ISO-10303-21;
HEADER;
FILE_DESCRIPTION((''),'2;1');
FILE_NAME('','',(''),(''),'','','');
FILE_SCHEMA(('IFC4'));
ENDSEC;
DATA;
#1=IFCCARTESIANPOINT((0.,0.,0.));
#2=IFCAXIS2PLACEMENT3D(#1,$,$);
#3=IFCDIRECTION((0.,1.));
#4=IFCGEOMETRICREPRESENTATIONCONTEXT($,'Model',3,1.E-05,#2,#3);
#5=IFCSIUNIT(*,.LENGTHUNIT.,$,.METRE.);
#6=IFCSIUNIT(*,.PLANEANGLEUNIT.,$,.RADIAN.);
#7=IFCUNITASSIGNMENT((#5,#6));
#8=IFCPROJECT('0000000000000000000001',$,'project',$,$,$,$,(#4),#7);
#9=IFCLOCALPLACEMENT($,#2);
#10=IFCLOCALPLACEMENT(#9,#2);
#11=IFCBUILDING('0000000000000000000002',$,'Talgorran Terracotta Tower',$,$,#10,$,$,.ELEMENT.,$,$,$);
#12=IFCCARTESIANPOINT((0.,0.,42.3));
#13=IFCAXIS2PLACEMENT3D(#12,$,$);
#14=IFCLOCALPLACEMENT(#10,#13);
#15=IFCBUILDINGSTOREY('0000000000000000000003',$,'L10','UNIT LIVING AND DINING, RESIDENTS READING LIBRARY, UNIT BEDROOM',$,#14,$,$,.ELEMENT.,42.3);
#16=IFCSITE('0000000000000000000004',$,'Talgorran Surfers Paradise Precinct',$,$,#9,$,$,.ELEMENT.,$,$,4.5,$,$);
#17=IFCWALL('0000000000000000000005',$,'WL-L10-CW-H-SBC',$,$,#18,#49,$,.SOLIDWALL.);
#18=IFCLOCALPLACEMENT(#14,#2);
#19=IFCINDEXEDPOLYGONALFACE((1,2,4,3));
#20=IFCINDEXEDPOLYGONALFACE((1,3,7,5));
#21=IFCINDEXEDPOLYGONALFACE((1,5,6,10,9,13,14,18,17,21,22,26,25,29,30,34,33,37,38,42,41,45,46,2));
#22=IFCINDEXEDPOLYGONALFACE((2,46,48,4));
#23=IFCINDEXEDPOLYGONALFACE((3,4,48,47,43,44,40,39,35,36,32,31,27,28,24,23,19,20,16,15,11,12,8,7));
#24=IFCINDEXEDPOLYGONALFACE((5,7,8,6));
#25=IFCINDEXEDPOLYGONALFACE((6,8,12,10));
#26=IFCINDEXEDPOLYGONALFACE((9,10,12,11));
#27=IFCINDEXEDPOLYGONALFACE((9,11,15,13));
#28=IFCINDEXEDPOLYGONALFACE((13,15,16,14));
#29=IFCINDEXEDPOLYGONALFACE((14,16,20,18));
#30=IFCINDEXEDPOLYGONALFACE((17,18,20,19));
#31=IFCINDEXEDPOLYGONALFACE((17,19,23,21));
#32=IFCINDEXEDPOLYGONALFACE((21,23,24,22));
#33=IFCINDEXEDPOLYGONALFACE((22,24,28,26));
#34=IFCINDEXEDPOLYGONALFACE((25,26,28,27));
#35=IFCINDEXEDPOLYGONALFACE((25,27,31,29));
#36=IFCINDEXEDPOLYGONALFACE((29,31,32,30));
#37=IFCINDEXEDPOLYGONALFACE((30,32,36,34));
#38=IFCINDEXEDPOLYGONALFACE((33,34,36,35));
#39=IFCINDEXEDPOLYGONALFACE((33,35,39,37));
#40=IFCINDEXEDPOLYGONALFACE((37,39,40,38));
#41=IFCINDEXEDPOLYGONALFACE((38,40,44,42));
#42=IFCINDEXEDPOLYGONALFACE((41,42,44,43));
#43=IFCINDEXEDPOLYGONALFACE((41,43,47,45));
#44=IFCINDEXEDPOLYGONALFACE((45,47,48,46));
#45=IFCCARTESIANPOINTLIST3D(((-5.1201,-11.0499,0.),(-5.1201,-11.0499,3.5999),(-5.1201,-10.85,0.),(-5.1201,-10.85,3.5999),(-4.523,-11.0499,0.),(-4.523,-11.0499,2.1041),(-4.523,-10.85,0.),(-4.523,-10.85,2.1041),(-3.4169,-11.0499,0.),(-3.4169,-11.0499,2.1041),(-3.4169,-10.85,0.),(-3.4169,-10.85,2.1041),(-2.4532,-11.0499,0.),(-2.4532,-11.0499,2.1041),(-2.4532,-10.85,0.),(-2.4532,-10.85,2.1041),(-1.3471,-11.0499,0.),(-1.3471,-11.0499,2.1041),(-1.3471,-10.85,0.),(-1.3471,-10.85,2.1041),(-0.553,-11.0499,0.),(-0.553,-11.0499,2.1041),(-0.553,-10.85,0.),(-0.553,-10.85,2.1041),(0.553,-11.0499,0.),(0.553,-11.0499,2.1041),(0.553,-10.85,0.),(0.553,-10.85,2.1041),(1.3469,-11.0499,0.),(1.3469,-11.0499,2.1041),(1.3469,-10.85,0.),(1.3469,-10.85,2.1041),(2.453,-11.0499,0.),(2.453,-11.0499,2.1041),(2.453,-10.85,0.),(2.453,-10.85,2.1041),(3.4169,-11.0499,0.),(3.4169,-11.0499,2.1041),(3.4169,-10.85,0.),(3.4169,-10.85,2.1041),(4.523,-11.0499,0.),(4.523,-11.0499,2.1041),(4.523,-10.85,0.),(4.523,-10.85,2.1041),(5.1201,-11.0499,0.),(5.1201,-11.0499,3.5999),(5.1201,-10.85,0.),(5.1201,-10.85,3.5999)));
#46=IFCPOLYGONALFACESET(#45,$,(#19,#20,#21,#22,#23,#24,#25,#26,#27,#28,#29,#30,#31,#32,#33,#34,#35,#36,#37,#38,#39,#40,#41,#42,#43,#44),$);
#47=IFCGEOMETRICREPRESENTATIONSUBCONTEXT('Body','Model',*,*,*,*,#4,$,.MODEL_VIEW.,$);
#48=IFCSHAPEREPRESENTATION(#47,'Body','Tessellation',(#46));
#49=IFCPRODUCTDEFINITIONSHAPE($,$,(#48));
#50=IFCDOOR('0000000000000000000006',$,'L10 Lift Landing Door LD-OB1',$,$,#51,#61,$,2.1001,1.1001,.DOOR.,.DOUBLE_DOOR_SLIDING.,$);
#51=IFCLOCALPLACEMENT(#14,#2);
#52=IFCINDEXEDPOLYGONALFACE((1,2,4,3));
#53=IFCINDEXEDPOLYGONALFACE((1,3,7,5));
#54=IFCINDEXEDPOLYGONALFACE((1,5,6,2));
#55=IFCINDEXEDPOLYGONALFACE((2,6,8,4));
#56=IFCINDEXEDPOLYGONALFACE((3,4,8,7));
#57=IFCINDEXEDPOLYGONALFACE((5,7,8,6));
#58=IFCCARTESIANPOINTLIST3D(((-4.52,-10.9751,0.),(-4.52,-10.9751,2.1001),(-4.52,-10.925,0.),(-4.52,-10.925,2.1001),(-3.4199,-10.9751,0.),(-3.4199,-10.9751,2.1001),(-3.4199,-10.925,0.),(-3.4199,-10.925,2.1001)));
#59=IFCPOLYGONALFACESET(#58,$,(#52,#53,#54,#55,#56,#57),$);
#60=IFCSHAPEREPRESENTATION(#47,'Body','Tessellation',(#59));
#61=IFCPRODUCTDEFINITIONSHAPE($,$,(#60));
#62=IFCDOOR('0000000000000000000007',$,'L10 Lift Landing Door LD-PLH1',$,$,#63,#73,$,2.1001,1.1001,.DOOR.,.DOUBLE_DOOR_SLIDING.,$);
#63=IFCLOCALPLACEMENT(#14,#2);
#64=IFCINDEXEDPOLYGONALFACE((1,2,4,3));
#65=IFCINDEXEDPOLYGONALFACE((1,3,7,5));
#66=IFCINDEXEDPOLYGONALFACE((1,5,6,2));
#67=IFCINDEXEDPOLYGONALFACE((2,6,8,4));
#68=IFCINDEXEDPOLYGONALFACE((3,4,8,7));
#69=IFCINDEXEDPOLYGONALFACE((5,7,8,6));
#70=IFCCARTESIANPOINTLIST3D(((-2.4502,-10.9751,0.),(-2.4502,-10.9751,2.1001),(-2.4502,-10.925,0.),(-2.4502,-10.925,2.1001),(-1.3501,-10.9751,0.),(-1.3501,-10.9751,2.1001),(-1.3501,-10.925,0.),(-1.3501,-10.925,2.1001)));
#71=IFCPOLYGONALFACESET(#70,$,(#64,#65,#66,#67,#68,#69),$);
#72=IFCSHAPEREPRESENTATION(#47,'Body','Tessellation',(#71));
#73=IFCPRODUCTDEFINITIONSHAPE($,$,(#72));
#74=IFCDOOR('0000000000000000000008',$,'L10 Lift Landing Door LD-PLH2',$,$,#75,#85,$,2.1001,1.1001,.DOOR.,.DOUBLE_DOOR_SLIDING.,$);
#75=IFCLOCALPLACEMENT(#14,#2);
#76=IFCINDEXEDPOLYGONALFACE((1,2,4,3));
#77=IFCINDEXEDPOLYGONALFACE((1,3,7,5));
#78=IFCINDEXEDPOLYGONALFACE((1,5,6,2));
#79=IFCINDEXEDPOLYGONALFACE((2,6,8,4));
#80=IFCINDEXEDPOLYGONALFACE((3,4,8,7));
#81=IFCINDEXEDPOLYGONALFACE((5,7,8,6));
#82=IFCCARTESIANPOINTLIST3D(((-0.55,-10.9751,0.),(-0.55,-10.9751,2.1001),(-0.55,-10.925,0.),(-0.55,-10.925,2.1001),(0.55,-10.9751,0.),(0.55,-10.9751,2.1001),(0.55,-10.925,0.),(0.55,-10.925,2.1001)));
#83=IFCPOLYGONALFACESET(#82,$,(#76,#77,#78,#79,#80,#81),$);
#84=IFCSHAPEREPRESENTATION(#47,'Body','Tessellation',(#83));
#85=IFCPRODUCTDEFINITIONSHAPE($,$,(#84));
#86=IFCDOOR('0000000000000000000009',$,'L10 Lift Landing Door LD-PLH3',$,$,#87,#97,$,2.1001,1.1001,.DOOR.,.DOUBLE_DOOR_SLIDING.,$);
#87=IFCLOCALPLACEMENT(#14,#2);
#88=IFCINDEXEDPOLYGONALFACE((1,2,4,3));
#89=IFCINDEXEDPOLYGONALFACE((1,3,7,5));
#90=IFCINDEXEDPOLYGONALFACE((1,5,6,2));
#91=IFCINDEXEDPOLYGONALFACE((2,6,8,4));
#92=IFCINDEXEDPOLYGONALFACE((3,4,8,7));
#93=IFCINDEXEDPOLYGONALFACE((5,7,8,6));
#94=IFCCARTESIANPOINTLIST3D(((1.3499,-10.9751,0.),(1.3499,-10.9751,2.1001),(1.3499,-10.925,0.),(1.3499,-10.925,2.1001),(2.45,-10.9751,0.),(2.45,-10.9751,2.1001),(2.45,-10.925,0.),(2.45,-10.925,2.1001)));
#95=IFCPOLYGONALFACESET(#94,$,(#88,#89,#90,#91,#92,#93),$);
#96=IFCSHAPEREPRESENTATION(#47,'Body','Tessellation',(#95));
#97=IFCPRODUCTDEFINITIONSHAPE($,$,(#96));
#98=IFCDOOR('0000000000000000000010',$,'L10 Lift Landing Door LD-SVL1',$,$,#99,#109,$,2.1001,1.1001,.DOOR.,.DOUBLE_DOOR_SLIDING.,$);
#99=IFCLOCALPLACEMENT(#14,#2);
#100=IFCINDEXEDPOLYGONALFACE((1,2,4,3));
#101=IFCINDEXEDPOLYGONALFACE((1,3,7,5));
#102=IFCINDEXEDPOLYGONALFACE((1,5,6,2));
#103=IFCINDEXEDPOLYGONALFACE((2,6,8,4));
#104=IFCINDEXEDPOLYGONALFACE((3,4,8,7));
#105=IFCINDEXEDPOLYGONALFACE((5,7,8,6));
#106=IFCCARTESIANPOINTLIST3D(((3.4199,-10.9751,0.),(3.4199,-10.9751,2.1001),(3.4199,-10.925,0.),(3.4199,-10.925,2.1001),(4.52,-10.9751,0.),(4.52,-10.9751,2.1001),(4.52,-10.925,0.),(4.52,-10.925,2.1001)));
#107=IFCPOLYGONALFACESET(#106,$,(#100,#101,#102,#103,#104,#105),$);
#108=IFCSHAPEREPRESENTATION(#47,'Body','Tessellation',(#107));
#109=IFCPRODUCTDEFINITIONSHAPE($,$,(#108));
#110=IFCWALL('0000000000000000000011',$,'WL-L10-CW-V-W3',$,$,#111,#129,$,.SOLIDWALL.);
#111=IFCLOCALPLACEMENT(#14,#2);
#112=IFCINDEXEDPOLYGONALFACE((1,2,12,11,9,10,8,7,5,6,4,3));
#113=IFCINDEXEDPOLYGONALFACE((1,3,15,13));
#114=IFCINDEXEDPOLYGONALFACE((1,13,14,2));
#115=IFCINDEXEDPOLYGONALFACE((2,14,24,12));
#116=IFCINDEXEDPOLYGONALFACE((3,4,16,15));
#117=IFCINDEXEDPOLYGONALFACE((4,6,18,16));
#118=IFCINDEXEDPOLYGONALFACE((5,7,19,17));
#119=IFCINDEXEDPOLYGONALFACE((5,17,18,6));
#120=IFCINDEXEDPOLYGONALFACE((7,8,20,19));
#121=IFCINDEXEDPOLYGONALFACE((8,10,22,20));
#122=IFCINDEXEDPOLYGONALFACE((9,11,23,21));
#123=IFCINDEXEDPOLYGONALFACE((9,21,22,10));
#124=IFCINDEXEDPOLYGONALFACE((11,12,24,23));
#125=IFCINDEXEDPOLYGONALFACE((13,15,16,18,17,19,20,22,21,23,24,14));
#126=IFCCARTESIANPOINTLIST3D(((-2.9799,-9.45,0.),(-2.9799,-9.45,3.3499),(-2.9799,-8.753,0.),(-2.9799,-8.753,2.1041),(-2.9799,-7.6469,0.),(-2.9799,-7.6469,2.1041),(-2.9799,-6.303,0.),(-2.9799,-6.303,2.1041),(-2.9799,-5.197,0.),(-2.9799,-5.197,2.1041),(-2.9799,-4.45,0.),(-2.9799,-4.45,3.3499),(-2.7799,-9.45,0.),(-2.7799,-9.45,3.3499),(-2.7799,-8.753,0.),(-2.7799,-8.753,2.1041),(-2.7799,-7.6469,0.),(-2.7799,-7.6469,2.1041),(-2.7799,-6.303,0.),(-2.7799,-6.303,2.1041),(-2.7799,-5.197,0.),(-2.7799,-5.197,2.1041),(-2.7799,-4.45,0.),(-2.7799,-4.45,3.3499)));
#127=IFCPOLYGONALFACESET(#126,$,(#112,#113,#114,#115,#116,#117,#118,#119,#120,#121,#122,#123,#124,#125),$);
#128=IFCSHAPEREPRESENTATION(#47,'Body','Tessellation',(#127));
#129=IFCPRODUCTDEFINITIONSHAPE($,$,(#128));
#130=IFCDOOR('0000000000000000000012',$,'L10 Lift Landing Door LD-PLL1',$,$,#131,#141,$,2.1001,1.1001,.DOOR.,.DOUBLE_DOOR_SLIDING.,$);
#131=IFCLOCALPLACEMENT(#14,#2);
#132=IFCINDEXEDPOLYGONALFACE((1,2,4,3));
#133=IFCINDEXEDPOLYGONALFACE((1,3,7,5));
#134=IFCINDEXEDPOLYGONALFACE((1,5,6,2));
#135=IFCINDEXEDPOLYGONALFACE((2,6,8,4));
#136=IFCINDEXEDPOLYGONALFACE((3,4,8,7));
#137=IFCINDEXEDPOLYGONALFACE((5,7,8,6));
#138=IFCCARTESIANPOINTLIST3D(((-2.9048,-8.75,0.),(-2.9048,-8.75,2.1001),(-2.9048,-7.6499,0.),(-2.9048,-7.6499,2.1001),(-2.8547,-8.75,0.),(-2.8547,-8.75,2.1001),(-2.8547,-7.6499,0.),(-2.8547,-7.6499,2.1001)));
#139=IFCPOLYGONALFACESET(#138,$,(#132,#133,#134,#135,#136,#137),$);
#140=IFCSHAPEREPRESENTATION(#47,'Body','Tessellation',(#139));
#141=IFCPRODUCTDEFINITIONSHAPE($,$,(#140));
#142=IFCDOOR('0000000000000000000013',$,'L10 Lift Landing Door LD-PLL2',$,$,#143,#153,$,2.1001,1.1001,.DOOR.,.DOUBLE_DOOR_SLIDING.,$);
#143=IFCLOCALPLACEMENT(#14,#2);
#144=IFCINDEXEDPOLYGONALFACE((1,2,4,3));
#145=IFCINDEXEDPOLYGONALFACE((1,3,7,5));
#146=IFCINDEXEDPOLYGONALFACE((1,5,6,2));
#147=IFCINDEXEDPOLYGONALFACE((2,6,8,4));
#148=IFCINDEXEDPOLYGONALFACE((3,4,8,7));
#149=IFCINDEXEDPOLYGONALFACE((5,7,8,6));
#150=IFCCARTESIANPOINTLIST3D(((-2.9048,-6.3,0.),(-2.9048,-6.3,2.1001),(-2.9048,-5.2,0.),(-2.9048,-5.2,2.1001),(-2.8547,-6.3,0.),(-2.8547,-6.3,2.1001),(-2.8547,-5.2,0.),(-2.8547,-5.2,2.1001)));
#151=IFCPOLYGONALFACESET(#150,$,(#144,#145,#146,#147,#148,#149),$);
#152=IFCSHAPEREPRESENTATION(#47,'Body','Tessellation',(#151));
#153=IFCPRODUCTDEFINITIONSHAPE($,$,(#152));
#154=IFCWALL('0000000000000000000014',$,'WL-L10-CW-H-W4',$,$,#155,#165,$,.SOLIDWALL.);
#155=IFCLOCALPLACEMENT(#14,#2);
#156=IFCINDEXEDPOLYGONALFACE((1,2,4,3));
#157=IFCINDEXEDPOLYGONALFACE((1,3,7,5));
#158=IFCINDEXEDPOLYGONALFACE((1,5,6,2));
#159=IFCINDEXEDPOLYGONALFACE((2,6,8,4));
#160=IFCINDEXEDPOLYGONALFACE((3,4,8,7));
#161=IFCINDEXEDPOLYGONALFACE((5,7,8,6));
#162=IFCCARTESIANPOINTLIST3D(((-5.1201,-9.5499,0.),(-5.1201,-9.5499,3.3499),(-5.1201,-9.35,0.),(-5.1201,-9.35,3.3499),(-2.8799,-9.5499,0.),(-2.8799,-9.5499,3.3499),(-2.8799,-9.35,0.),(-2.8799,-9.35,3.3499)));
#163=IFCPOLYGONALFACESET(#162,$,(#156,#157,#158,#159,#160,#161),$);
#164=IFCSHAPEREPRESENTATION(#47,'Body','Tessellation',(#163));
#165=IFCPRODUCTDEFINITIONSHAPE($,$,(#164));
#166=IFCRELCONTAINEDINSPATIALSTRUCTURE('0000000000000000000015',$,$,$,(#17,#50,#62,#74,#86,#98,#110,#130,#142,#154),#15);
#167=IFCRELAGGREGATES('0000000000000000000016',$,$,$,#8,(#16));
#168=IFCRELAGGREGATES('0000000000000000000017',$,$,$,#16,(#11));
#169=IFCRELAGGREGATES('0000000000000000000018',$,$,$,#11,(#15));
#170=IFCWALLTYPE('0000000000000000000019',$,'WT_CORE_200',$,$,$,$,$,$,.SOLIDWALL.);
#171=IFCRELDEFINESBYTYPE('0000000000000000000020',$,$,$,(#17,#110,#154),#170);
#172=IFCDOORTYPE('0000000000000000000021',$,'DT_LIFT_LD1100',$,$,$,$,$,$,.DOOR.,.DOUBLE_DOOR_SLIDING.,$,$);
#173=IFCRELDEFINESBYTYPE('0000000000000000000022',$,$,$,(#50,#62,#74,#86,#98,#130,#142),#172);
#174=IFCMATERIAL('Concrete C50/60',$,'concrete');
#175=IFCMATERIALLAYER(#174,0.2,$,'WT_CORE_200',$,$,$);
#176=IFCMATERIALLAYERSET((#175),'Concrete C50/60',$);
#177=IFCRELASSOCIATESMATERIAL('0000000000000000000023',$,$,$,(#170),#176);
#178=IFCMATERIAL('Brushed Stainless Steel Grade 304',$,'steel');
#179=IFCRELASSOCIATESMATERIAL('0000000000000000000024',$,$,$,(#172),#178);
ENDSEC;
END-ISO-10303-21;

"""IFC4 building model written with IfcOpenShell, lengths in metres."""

from ifc_helpers import new_model, si_unit, direction, frame, frame_2d, origin, place, context, subcontext, project, spatial, rectangle, extrude, material, layer, layer_set, type_object, element, fill, save


model = new_model("IFC4")

# Units and contexts
model_context = context("Model", 3, precision=1e-05, world=origin(), true_north=direction((0.0, 1.0)))
body_context = subcontext(model_context, "Body", "Model", "MODEL_VIEW")
ifc_project = project(units=[si_unit("LENGTHUNIT", "METRE"), si_unit("PLANEANGLEUNIT", "RADIAN")], contexts=[model_context])

# Site, building, storey
site_placement = place(None, origin())
site = spatial("IfcSite", under=ifc_project, at=site_placement, Name="Talgorran Surfers Paradise Precinct", CompositionType="ELEMENT", RefElevation=4.5)
building_placement = place(site_placement, origin())
building = spatial("IfcBuilding", under=site, at=building_placement, Name="Talgorran Terracotta Tower", CompositionType="ELEMENT")
storey_placement = place(building_placement, frame((0.0, 0.0, 42.3)))
storey = spatial("IfcBuildingStorey", under=building, at=storey_placement, Name="L10", Description="UNIT LIVING AND DINING, RESIDENTS READING LIBRARY, UNIT BEDROOM", CompositionType="ELEMENT", Elevation=42.3)

# Walls, openings, doors
ifc_material_1 = material(Name="Concrete C50/60", Category="concrete")
ifc_layer_1 = layer(ifc_material_1, 0.2, Name="WT_CORE_200")
ifc_layer_set_1 = layer_set([ifc_layer_1], Name="Concrete C50/60")
wall_type_1 = type_object("IfcWallType", Name="WT_CORE_200", PredefinedType="SOLIDWALL", material=ifc_layer_set_1)
ifc_material_2 = material(Name="Brushed Stainless Steel Grade 304", Category="steel")
door_type_1 = type_object("IfcDoorType", Name="DT_LIFT_LD1100", OperationType="DOUBLE_DOOR_SLIDING", PredefinedType="DOOR", material=ifc_material_2)
wall_1_placement = place(storey_placement, frame((-5.1201, -10.95, 0.0), z_axis=(0.0, 0.0, 1.0), x_axis=(1.0, 0.0, 0.0)))
wall_1 = element("IfcWall", 1, at=wall_1_placement, inside=storey, type_object=wall_type_1, Name="WL-L10-CW-H-SBC", PredefinedType="SOLIDWALL", context=body_context, shape_type="SweptSolid", body=[
    extrude(rectangle(XDim=10.2402, YDim=0.2, at=frame_2d((5.1201, 0.0))), origin(), (0.0, 0.0, 1.0), 3.5999),
])
opening_1_placement = place(wall_1_placement, frame((0.6001, 0.0, 0.0)))
opening_1 = element("IfcOpeningElement", 2, at=opening_1_placement, cuts=wall_1, PredefinedType="OPENING", context=body_context, shape_type="SweptSolid", body=[
    extrude(rectangle(XDim=1.1061, YDim=2.1041, at=frame_2d((0.55, 1.052))), frame((0.0, 0.1099, 0.0), z_axis=(0.0, -1.0, 0.0), x_axis=(1.0, 0.0, 0.0)), (0.0, 0.0, 1.0), 0.22),
])
opening_2_placement = place(wall_1_placement, frame((2.6699, 0.0, 0.0)))
opening_2 = element("IfcOpeningElement", 3, at=opening_2_placement, cuts=wall_1, PredefinedType="OPENING", context=body_context, shape_type="SweptSolid", body=[
    extrude(rectangle(XDim=1.1061, YDim=2.1041, at=frame_2d((0.55, 1.052))), frame((0.0, 0.1099, 0.0), z_axis=(0.0, -1.0, 0.0), x_axis=(1.0, 0.0, 0.0)), (0.0, 0.0, 1.0), 0.22),
])
opening_3_placement = place(wall_1_placement, frame((4.5701, 0.0, 0.0)))
opening_3 = element("IfcOpeningElement", 4, at=opening_3_placement, cuts=wall_1, PredefinedType="OPENING", context=body_context, shape_type="SweptSolid", body=[
    extrude(rectangle(XDim=1.1061, YDim=2.1041, at=frame_2d((0.55, 1.052))), frame((0.0, 0.1099, 0.0), z_axis=(0.0, -1.0, 0.0), x_axis=(1.0, 0.0, 0.0)), (0.0, 0.0, 1.0), 0.22),
])
opening_4_placement = place(wall_1_placement, frame((6.47, 0.0, 0.0)))
opening_4 = element("IfcOpeningElement", 5, at=opening_4_placement, cuts=wall_1, PredefinedType="OPENING", context=body_context, shape_type="SweptSolid", body=[
    extrude(rectangle(XDim=1.1061, YDim=2.1041, at=frame_2d((0.55, 1.052))), frame((0.0, 0.1099, 0.0), z_axis=(0.0, -1.0, 0.0), x_axis=(1.0, 0.0, 0.0)), (0.0, 0.0, 1.0), 0.22),
])
opening_5_placement = place(wall_1_placement, frame((8.54, 0.0, 0.0)))
opening_5 = element("IfcOpeningElement", 6, at=opening_5_placement, cuts=wall_1, PredefinedType="OPENING", context=body_context, shape_type="SweptSolid", body=[
    extrude(rectangle(XDim=1.1061, YDim=2.1041, at=frame_2d((0.55, 1.052))), frame((0.0, 0.1099, 0.0), z_axis=(0.0, -1.0, 0.0), x_axis=(1.0, 0.0, 0.0)), (0.0, 0.0, 1.0), 0.22),
])
door_1_placement = place(opening_1_placement, origin())
door_1 = element("IfcDoor", 7, at=door_1_placement, inside=storey, type_object=door_type_1, Name="L10 Lift Landing Door LD-OB1", OperationType="DOUBLE_DOOR_SLIDING", OverallHeight=2.1001, OverallWidth=1.1001, PredefinedType="DOOR", context=body_context, shape_type="SweptSolid", body=[
    extrude(rectangle(XDim=1.1001, YDim=2.1001, at=frame_2d((0.55, 1.05))), frame((0.0, 0.0249, 0.0), z_axis=(0.0, -1.0, 0.0), x_axis=(1.0, 0.0, 0.0)), (0.0, 0.0, 1.0), 0.05),
])
fill(opening_1, door_1)
door_2_placement = place(opening_2_placement, origin())
door_2 = element("IfcDoor", 8, at=door_2_placement, inside=storey, type_object=door_type_1, Name="L10 Lift Landing Door LD-PLH1", OperationType="DOUBLE_DOOR_SLIDING", OverallHeight=2.1001, OverallWidth=1.1001, PredefinedType="DOOR", context=body_context, shape_type="SweptSolid", body=[
    extrude(rectangle(XDim=1.1001, YDim=2.1001, at=frame_2d((0.55, 1.05))), frame((0.0, 0.0249, 0.0), z_axis=(0.0, -1.0, 0.0), x_axis=(1.0, 0.0, 0.0)), (0.0, 0.0, 1.0), 0.05),
])
fill(opening_2, door_2)
door_3_placement = place(opening_3_placement, origin())
door_3 = element("IfcDoor", 9, at=door_3_placement, inside=storey, type_object=door_type_1, Name="L10 Lift Landing Door LD-PLH2", OperationType="DOUBLE_DOOR_SLIDING", OverallHeight=2.1001, OverallWidth=1.1001, PredefinedType="DOOR", context=body_context, shape_type="SweptSolid", body=[
    extrude(rectangle(XDim=1.1001, YDim=2.1001, at=frame_2d((0.55, 1.05))), frame((0.0, 0.0249, 0.0), z_axis=(0.0, -1.0, 0.0), x_axis=(1.0, 0.0, 0.0)), (0.0, 0.0, 1.0), 0.05),
])
fill(opening_3, door_3)
door_4_placement = place(opening_4_placement, origin())
door_4 = element("IfcDoor", 10, at=door_4_placement, inside=storey, type_object=door_type_1, Name="L10 Lift Landing Door LD-PLH3", OperationType="DOUBLE_DOOR_SLIDING", OverallHeight=2.1001, OverallWidth=1.1001, PredefinedType="DOOR", context=body_context, shape_type="SweptSolid", body=[
    extrude(rectangle(XDim=1.1001, YDim=2.1001, at=frame_2d((0.55, 1.05))), frame((0.0, 0.0249, 0.0), z_axis=(0.0, -1.0, 0.0), x_axis=(1.0, 0.0, 0.0)), (0.0, 0.0, 1.0), 0.05),
])
fill(opening_4, door_4)
door_5_placement = place(opening_5_placement, origin())
door_5 = element("IfcDoor", 11, at=door_5_placement, inside=storey, type_object=door_type_1, Name="L10 Lift Landing Door LD-SVL1", OperationType="DOUBLE_DOOR_SLIDING", OverallHeight=2.1001, OverallWidth=1.1001, PredefinedType="DOOR", context=body_context, shape_type="SweptSolid", body=[
    extrude(rectangle(XDim=1.1001, YDim=2.1001, at=frame_2d((0.55, 1.05))), frame((0.0, 0.0249, 0.0), z_axis=(0.0, -1.0, 0.0), x_axis=(1.0, 0.0, 0.0)), (0.0, 0.0, 1.0), 0.05),
])
fill(opening_5, door_5)
wall_2_placement = place(storey_placement, frame((-2.8799, -9.45, 0.0), z_axis=(0.0, 0.0, 1.0), x_axis=(0.0, 1.0, 0.0)))
wall_2 = element("IfcWall", 12, at=wall_2_placement, inside=storey, type_object=wall_type_1, Name="WL-L10-CW-V-W3", PredefinedType="SOLIDWALL", context=body_context, shape_type="SweptSolid", body=[
    extrude(rectangle(XDim=5.0, YDim=0.2, at=frame_2d((2.5, 0.0))), origin(), (0.0, 0.0, 1.0), 3.3499),
])
opening_6_placement = place(wall_2_placement, frame((0.7, 0.0, 0.0)))
opening_6 = element("IfcOpeningElement", 13, at=opening_6_placement, cuts=wall_2, PredefinedType="OPENING", context=body_context, shape_type="SweptSolid", body=[
    extrude(rectangle(XDim=1.1061, YDim=2.1041, at=frame_2d((0.55, 1.052))), frame((0.0, 0.1099, 0.0), z_axis=(0.0, -1.0, 0.0), x_axis=(1.0, 0.0, 0.0)), (0.0, 0.0, 1.0), 0.22),
])
opening_7_placement = place(wall_2_placement, frame((3.1499, 0.0, 0.0)))
opening_7 = element("IfcOpeningElement", 14, at=opening_7_placement, cuts=wall_2, PredefinedType="OPENING", context=body_context, shape_type="SweptSolid", body=[
    extrude(rectangle(XDim=1.1061, YDim=2.1041, at=frame_2d((0.55, 1.052))), frame((0.0, 0.1099, 0.0), z_axis=(0.0, -1.0, 0.0), x_axis=(1.0, 0.0, 0.0)), (0.0, 0.0, 1.0), 0.22),
])
door_6_placement = place(opening_6_placement, origin())
door_6 = element("IfcDoor", 15, at=door_6_placement, inside=storey, type_object=door_type_1, Name="L10 Lift Landing Door LD-PLL1", OperationType="DOUBLE_DOOR_SLIDING", OverallHeight=2.1001, OverallWidth=1.1001, PredefinedType="DOOR", context=body_context, shape_type="SweptSolid", body=[
    extrude(rectangle(XDim=1.1001, YDim=2.1001, at=frame_2d((0.55, 1.05))), frame((0.0, 0.0249, 0.0), z_axis=(0.0, -1.0, 0.0), x_axis=(1.0, 0.0, 0.0)), (0.0, 0.0, 1.0), 0.05),
])
fill(opening_6, door_6)
door_7_placement = place(opening_7_placement, origin())
door_7 = element("IfcDoor", 16, at=door_7_placement, inside=storey, type_object=door_type_1, Name="L10 Lift Landing Door LD-PLL2", OperationType="DOUBLE_DOOR_SLIDING", OverallHeight=2.1001, OverallWidth=1.1001, PredefinedType="DOOR", context=body_context, shape_type="SweptSolid", body=[
    extrude(rectangle(XDim=1.1001, YDim=2.1001, at=frame_2d((0.55, 1.05))), frame((0.0, 0.0249, 0.0), z_axis=(0.0, -1.0, 0.0), x_axis=(1.0, 0.0, 0.0)), (0.0, 0.0, 1.0), 0.05),
])
fill(opening_7, door_7)

# Wall
wall_3_placement = place(storey_placement, frame((-5.1201, -9.45, 0.0), z_axis=(0.0, 0.0, 1.0), x_axis=(1.0, 0.0, 0.0)))
element("IfcWall", 17, at=wall_3_placement, inside=storey, type_object=wall_type_1, Name="WL-L10-CW-H-W4", PredefinedType="SOLIDWALL", context=body_context, shape_type="SweptSolid", body=[
    extrude(rectangle(XDim=2.2402, YDim=0.2, at=frame_2d((1.1201, 0.0))), origin(), (0.0, 0.0, 1.0), 3.3499),
])

save(model, "model.ifc")
